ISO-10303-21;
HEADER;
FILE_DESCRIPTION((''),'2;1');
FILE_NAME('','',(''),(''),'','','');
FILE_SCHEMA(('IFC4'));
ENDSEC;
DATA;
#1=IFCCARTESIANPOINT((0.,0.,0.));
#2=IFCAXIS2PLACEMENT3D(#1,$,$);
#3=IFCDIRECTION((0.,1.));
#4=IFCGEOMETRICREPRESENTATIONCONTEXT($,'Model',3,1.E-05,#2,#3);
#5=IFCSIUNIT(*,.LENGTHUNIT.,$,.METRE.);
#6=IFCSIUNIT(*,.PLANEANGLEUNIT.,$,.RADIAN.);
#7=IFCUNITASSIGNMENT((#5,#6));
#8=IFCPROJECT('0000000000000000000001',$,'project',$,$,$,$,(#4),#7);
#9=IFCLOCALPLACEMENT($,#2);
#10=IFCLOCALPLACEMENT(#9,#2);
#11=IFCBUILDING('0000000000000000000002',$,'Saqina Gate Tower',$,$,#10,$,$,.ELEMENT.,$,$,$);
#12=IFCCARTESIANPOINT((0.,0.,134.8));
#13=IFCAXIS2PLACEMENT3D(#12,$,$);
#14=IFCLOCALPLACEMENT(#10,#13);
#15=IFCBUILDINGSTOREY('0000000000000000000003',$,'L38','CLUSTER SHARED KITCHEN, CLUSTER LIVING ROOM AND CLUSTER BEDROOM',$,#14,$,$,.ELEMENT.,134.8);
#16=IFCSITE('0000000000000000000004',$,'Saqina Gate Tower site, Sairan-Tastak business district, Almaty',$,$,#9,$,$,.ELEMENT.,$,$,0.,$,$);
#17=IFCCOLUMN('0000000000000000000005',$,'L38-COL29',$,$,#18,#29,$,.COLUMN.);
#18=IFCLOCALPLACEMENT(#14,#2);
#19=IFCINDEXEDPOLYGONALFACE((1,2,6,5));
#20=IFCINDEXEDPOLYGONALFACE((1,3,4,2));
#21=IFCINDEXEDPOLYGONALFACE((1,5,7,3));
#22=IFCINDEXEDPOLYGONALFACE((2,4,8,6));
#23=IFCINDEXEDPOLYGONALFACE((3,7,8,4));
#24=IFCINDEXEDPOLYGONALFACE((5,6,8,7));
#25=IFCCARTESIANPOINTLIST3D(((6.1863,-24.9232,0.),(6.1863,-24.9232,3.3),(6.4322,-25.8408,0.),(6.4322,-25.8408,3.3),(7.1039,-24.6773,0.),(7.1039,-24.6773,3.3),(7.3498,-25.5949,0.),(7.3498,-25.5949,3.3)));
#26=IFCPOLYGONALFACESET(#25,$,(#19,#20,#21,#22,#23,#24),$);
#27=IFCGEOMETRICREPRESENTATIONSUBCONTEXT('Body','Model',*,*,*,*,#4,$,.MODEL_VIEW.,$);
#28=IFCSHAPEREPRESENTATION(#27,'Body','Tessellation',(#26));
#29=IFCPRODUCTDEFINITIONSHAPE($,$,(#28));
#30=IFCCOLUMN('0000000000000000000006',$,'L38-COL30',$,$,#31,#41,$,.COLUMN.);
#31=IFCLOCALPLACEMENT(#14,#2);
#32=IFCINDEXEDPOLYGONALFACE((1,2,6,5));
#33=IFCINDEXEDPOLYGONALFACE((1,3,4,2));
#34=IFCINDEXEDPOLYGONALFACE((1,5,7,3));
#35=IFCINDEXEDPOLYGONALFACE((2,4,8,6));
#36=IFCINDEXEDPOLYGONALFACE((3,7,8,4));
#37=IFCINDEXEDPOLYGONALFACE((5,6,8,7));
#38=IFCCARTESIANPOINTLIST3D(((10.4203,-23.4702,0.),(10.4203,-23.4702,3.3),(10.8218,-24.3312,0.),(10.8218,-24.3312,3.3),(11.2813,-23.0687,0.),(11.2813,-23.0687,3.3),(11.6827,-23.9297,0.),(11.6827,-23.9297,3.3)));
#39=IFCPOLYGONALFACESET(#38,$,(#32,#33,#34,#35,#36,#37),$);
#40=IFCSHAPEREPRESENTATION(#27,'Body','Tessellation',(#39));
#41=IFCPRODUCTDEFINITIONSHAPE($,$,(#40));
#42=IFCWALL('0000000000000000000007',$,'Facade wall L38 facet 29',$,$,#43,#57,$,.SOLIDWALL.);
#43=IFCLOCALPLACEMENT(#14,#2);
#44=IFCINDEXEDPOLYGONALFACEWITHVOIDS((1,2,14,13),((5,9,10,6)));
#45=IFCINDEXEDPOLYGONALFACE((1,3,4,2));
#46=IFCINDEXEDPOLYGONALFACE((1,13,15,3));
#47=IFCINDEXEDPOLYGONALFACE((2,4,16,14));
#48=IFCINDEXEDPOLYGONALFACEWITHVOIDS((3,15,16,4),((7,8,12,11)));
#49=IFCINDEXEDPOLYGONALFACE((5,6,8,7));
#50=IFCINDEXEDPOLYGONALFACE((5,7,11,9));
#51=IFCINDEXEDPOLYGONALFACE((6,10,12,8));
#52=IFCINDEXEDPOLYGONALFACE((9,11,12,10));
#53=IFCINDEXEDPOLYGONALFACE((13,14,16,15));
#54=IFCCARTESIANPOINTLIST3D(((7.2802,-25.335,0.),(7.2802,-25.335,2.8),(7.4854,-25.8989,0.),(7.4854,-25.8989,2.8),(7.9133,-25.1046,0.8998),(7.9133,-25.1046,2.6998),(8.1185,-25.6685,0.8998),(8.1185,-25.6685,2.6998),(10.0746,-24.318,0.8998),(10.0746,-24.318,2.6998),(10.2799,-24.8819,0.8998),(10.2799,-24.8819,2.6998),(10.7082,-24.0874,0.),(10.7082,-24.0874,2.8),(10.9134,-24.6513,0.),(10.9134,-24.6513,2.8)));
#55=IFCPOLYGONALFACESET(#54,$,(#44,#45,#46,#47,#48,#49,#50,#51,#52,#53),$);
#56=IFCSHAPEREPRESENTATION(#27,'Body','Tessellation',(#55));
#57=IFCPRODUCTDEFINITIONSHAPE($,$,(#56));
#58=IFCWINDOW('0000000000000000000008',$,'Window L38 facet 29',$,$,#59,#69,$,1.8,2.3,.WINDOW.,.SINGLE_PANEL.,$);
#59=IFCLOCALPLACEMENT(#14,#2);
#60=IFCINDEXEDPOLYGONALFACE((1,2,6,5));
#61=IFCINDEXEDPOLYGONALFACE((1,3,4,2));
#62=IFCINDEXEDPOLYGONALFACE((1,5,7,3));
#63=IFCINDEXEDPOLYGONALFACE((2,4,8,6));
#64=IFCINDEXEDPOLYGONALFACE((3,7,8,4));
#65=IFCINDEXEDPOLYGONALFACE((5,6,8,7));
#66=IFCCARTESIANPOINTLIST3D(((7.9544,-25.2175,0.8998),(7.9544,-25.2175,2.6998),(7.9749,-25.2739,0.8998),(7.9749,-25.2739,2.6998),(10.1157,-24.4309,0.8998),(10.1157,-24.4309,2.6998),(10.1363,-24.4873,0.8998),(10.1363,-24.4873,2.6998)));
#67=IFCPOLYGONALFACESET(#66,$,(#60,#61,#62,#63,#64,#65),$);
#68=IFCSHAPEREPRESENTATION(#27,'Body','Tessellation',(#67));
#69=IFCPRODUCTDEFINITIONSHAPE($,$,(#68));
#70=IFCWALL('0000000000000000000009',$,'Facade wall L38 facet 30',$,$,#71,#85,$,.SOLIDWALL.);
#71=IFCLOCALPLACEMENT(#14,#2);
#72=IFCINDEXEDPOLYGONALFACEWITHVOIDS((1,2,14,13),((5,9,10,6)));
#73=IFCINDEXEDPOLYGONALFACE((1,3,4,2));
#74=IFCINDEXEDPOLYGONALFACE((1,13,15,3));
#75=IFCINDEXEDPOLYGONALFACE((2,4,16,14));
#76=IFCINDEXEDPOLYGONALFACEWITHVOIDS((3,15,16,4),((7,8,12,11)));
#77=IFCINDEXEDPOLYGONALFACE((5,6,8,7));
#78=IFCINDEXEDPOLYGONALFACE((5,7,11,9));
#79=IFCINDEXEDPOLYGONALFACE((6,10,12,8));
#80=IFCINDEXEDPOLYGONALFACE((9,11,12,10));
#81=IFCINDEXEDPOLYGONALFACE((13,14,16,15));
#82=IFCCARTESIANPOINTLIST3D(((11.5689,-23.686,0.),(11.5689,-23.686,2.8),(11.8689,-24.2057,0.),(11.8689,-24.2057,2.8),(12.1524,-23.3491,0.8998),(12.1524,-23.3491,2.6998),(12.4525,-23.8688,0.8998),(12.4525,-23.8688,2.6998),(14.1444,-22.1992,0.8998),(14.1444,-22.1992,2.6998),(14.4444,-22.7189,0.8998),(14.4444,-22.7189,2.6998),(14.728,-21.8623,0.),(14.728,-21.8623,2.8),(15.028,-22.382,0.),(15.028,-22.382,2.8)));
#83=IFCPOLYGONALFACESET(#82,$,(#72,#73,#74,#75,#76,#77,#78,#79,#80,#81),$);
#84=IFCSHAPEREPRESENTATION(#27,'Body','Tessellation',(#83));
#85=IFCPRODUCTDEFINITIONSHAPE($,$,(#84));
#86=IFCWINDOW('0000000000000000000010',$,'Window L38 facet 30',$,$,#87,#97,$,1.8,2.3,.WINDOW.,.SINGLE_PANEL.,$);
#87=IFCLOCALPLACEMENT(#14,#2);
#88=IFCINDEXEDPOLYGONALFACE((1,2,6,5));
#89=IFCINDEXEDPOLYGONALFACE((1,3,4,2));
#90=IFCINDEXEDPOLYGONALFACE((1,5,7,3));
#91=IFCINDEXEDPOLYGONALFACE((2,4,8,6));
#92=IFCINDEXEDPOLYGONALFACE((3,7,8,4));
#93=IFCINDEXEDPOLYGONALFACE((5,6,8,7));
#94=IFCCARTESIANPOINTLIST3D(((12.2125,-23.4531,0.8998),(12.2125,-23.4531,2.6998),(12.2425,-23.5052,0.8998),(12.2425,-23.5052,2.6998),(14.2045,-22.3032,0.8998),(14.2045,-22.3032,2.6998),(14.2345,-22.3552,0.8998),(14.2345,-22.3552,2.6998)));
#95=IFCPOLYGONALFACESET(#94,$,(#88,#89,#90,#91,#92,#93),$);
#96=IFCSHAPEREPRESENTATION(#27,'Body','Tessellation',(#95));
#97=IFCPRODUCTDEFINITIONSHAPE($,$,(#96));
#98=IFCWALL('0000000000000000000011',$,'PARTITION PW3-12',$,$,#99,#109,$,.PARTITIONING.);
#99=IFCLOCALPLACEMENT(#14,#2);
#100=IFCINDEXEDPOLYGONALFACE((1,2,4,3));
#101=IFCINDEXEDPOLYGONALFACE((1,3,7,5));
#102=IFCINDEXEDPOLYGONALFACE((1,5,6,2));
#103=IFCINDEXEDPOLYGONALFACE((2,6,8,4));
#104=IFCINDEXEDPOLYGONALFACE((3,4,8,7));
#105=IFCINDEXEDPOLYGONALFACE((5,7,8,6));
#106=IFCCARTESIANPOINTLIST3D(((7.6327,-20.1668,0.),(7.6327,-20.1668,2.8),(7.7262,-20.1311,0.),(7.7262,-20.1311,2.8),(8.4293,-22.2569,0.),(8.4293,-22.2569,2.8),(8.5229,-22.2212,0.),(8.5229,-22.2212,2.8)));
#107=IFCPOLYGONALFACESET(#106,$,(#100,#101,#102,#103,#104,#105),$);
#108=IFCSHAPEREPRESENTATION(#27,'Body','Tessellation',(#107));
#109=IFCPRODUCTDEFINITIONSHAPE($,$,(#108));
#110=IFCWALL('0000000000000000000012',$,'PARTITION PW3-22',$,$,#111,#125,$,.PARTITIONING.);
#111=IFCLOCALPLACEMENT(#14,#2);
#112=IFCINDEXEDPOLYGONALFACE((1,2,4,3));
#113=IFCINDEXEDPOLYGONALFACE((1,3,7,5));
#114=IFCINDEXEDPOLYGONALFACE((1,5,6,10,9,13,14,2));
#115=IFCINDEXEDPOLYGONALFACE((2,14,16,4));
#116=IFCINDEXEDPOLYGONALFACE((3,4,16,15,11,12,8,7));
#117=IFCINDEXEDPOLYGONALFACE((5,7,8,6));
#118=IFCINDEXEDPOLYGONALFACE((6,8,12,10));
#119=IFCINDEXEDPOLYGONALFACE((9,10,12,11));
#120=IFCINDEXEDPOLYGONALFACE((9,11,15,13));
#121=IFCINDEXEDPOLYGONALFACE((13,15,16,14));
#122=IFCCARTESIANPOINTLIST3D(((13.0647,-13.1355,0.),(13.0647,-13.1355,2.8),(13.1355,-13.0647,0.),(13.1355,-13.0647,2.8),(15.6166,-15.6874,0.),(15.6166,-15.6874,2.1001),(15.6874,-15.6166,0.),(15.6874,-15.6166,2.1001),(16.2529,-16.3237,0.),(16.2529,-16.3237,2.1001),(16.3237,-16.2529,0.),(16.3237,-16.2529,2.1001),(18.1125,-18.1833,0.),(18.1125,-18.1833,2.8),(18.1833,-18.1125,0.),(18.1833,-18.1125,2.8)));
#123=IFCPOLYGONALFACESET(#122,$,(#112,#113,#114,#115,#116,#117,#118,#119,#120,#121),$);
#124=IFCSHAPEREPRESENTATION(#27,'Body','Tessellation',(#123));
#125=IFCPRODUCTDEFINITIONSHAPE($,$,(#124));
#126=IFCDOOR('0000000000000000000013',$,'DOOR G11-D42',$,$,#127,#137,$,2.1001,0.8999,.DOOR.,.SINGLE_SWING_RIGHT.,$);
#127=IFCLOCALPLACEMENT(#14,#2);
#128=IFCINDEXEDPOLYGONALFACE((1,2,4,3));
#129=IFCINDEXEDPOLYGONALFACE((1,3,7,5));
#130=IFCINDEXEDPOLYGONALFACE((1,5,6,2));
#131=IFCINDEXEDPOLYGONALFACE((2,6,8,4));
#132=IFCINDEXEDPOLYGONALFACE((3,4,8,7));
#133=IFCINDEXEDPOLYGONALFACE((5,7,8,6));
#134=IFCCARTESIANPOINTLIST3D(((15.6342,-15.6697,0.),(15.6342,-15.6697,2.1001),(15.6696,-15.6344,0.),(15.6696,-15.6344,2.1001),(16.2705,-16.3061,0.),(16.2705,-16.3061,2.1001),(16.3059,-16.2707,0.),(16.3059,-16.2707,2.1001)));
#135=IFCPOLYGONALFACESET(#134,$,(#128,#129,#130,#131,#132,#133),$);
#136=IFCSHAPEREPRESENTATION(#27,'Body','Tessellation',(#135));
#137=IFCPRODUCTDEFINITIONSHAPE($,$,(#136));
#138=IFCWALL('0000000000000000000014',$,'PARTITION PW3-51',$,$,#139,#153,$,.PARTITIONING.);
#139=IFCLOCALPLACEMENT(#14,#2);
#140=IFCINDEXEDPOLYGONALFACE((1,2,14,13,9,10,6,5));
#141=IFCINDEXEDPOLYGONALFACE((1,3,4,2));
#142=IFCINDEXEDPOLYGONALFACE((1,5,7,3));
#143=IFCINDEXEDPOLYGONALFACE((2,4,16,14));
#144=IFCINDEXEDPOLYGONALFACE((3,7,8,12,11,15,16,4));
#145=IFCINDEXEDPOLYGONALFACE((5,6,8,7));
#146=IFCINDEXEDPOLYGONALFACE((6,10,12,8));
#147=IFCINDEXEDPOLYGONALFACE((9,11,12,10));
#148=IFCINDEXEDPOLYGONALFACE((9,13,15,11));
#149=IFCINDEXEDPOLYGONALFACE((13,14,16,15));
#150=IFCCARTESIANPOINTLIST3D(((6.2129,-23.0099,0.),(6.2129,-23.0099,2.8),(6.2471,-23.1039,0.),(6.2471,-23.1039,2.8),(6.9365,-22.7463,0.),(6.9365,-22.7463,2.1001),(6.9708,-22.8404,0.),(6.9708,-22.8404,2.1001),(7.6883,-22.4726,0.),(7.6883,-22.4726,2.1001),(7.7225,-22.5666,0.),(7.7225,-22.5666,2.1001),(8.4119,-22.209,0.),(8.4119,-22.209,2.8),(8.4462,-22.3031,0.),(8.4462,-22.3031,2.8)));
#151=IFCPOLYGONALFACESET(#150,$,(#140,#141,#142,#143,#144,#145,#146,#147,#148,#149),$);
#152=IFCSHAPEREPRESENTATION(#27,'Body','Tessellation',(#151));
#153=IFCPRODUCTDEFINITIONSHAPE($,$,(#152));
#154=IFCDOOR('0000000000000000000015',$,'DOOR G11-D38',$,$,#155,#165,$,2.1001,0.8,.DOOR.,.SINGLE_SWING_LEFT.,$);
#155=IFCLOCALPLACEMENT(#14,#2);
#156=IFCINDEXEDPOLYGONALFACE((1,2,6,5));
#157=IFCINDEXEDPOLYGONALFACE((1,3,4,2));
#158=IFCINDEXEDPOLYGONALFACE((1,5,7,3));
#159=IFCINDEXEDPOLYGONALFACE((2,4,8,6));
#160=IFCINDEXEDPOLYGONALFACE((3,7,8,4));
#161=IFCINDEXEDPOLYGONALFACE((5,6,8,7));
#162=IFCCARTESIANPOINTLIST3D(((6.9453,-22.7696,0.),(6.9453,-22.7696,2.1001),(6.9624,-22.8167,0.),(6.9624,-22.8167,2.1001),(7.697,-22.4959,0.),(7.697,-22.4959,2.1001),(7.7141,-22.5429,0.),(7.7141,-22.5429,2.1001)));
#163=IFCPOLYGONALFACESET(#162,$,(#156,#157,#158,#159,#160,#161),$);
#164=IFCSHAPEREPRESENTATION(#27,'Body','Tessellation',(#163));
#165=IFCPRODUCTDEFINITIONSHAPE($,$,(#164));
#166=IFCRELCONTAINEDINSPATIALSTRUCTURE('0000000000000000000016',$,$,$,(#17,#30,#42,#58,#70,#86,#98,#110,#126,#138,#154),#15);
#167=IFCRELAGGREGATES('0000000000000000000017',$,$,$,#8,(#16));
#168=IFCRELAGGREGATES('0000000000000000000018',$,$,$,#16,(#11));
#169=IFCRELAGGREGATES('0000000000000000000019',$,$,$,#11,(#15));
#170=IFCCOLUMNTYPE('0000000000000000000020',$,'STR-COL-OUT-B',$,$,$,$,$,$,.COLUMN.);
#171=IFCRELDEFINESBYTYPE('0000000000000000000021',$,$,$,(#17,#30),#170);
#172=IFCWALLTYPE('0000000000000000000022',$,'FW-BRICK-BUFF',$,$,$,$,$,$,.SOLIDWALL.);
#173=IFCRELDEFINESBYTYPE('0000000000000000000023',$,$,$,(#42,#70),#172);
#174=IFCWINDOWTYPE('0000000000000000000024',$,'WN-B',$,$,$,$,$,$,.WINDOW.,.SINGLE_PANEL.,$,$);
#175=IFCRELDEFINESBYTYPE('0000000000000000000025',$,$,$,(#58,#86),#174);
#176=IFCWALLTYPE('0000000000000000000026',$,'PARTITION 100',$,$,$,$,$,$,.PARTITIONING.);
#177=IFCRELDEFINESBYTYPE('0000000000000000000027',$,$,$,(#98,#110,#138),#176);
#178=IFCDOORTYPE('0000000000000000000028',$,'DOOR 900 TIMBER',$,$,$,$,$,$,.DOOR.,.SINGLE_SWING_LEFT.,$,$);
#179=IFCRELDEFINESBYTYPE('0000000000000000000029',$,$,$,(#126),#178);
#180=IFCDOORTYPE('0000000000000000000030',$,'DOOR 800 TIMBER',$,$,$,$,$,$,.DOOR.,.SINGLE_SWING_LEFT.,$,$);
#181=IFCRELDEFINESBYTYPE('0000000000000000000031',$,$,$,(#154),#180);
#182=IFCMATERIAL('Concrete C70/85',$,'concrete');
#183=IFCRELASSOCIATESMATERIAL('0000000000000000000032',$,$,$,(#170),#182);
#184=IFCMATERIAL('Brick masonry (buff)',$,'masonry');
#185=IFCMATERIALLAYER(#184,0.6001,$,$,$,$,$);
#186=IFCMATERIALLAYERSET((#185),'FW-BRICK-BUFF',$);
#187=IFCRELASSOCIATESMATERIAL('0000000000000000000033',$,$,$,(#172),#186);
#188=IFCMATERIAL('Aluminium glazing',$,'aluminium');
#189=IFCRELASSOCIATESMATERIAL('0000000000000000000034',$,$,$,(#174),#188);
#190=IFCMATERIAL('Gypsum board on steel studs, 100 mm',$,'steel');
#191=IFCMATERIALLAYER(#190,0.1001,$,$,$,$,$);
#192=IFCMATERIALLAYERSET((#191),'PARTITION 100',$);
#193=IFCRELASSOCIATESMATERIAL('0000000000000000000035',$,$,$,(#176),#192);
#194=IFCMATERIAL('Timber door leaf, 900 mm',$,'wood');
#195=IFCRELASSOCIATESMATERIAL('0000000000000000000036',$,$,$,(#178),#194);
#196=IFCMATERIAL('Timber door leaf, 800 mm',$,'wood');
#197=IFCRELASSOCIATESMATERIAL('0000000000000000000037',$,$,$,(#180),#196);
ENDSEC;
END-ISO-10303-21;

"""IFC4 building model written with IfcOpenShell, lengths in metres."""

from ifc_helpers import new_model, si_unit, direction, frame, frame_2d, origin, origin_2d, place, context, subcontext, project, spatial, rectangle, extrude, material, layer, layer_set, material_profile, profile_set, type_object, element, fill, save


model = new_model("IFC4")

# Units and contexts
model_context = context("Model", 3, precision=1e-05, world=origin(), true_north=direction((0.0, 1.0)))
body_context = subcontext(model_context, "Body", "Model", "MODEL_VIEW")
ifc_project = project(units=[si_unit("LENGTHUNIT", "METRE"), si_unit("PLANEANGLEUNIT", "RADIAN")], contexts=[model_context])

# Site, building, storey
site_placement = place(None, origin())
site = spatial("IfcSite", under=ifc_project, at=site_placement, Name="Saqina Gate Tower site, Sairan-Tastak business district, Almaty", CompositionType="ELEMENT", RefElevation=0.0)
building_placement = place(site_placement, origin())
building = spatial("IfcBuilding", under=site, at=building_placement, Name="Saqina Gate Tower", CompositionType="ELEMENT")
storey_placement = place(building_placement, frame((0.0, 0.0, 134.8)))
storey = spatial("IfcBuildingStorey", under=building, at=storey_placement, Name="L38", Description="CLUSTER SHARED KITCHEN, CLUSTER LIVING ROOM AND CLUSTER BEDROOM", CompositionType="ELEMENT", Elevation=134.8)

# Columns
ifc_material_1 = material(Name="Concrete C70/85", Category="concrete")
ifc_material_profile = material_profile(ifc_material_1, rectangle(XDim=0.95, YDim=0.95, at=origin_2d()), Name="RC 950x950")
ifc_profile_set = profile_set([ifc_material_profile], Name="Concrete C70/85")
column_type = type_object("IfcColumnType", Name="STR-COL-OUT-B", PredefinedType="COLUMN", material=ifc_profile_set)
for number, where, z_axis, x_axis, name in (
    (1, (6.7681, -25.259, 0.0), (0.0, 0.0, 1.0), (0.258819, -0.965926, 0.0), "L38-COL29"),
    (2, (11.0515, -23.7, 0.0), (0.0, 0.0, 1.0), (0.422618, -0.906308, 0.0), "L38-COL30"),
):
    element("IfcColumn", number, at=place(storey_placement, frame(where, z_axis=z_axis, x_axis=x_axis)), inside=storey, type_object=column_type, Name=name, PredefinedType="COLUMN", context=body_context, shape_type="SweptSolid", body=[
        extrude(rectangle(XDim=0.95, YDim=0.95, at=origin_2d()), origin(), (0.0, 0.0, 1.0), 3.3),
    ])

# Walls, openings, windows
ifc_material_2 = material(Name="Brick masonry (buff)", Category="masonry")
ifc_layer_1 = layer(ifc_material_2, 0.6001)
ifc_layer_set_1 = layer_set([ifc_layer_1], Name="FW-BRICK-BUFF")
wall_type_1 = type_object("IfcWallType", Name="FW-BRICK-BUFF", PredefinedType="SOLIDWALL", material=ifc_layer_set_1)
wall_1_placement = place(storey_placement, frame((7.3828, -25.6169, 0.0), z_axis=(0.0, 0.0, 1.0), x_axis=(0.939704, 0.34199, 0.0)))
wall_1 = element("IfcWall", 3, at=wall_1_placement, inside=storey, type_object=wall_type_1, Name="Facade wall L38 facet 29", PredefinedType="SOLIDWALL", context=body_context, shape_type="SweptSolid", body=[
    extrude(rectangle(XDim=3.6479, YDim=0.6001, at=frame_2d((1.824, 0.0))), origin(), (0.0, 0.0, 1.0), 2.8),
])
opening_1_placement = place(wall_1_placement, frame((0.6738, 0.0, 0.8999)))
opening_1 = element("IfcOpeningElement", 4, at=opening_1_placement, cuts=wall_1, PredefinedType="OPENING", context=body_context, shape_type="SweptSolid", body=[
    extrude(rectangle(XDim=2.3, YDim=1.8, at=frame_2d((1.1499, 0.8999))), frame((0.0, 0.312, 0.0), z_axis=(0.0, -1.0, 0.0), x_axis=(1.0, 0.0, 0.0)), (0.0, 0.0, 1.0), 0.624),
])
ifc_material_3 = material(Name="Aluminium glazing", Category="aluminium")
window_type = type_object("IfcWindowType", Name="WN-B", PartitioningType="SINGLE_PANEL", PredefinedType="WINDOW", material=ifc_material_3)
window_1_placement = place(opening_1_placement, origin())
window_1 = element("IfcWindow", 5, at=window_1_placement, inside=storey, type_object=window_type, Name="Window L38 facet 29", OverallHeight=1.8, OverallWidth=2.3, PartitioningType="SINGLE_PANEL", PredefinedType="WINDOW", context=body_context, shape_type="SweptSolid", body=[
    extrude(rectangle(XDim=2.3, YDim=1.8, at=frame_2d((1.1499, 0.8999))), frame((0.0, 0.1799, 0.0), z_axis=(0.0, -1.0, 0.0), x_axis=(1.0, 0.0, 0.0)), (0.0, 0.0, 1.0), 0.0601),
])
fill(opening_1, window_1)
wall_2_placement = place(storey_placement, frame((11.719, -23.9458, 0.0), z_axis=(0.0, 0.0, 1.0), x_axis=(0.866052, 0.499954, 0.0)))
wall_2 = element("IfcWall", 6, at=wall_2_placement, inside=storey, type_object=wall_type_1, Name="Facade wall L38 facet 30", PredefinedType="SOLIDWALL", context=body_context, shape_type="SweptSolid", body=[
    extrude(rectangle(XDim=3.6477, YDim=0.6001, at=frame_2d((1.8237, 0.0))), origin(), (0.0, 0.0, 1.0), 2.8),
])
opening_2_placement = place(wall_2_placement, frame((0.6738, 0.0, 0.8999)))
opening_2 = element("IfcOpeningElement", 7, at=opening_2_placement, cuts=wall_2, PredefinedType="OPENING", context=body_context, shape_type="SweptSolid", body=[
    extrude(rectangle(XDim=2.3, YDim=1.8, at=frame_2d((1.1499, 0.8999))), frame((0.0, 0.312, 0.0), z_axis=(0.0, -1.0, 0.0), x_axis=(1.0, 0.0, 0.0)), (0.0, 0.0, 1.0), 0.624),
])
window_2_placement = place(opening_2_placement, origin())
window_2 = element("IfcWindow", 8, at=window_2_placement, inside=storey, type_object=window_type, Name="Window L38 facet 30", OverallHeight=1.8, OverallWidth=2.3, PartitioningType="SINGLE_PANEL", PredefinedType="WINDOW", context=body_context, shape_type="SweptSolid", body=[
    extrude(rectangle(XDim=2.3, YDim=1.8, at=frame_2d((1.1499, 0.8999))), frame((0.0, 0.1799, 0.0), z_axis=(0.0, -1.0, 0.0), x_axis=(1.0, 0.0, 0.0)), (0.0, 0.0, 1.0), 0.0601),
])
fill(opening_2, window_2)

# Wall
ifc_material_4 = material(Name="Gypsum board on steel studs, 100 mm", Category="steel")
ifc_layer_2 = layer(ifc_material_4, 0.1001)
ifc_layer_set_2 = layer_set([ifc_layer_2], Name="PARTITION 100")
wall_type_2 = type_object("IfcWallType", Name="PARTITION 100", PredefinedType="PARTITIONING", material=ifc_layer_set_2)
wall_3_placement = place(storey_placement, frame((7.6794, -20.1489, 0.0), z_axis=(0.0, 0.0, 1.0), x_axis=(0.356154, -0.934427, 0.0)))
element("IfcWall", 9, at=wall_3_placement, inside=storey, type_object=wall_type_2, Name="PARTITION PW3-12", PredefinedType="PARTITIONING", context=body_context, shape_type="SweptSolid", body=[
    extrude(rectangle(XDim=2.2368, YDim=0.1001, at=frame_2d((1.1184, 0.0))), origin(), (0.0, 0.0, 1.0), 2.8),
])

# Walls, openings, doors
wall_4_placement = place(storey_placement, frame((13.1001, -13.1001, 0.0), z_axis=(0.0, 0.0, 1.0), x_axis=(0.707107, -0.707107, 0.0)))
wall_4 = element("IfcWall", 10, at=wall_4_placement, inside=storey, type_object=wall_type_2, Name="PARTITION PW3-22", PredefinedType="PARTITIONING", context=body_context, shape_type="SweptSolid", body=[
    extrude(rectangle(XDim=7.1387, YDim=0.1001, at=frame_2d((3.5693, 0.0))), origin(), (0.0, 0.0, 1.0), 2.8),
])
opening_3_placement = place(wall_4_placement, frame((3.6089, 0.0, 0.0)))
opening_3 = element("IfcOpeningElement", 11, at=opening_3_placement, cuts=wall_4, PredefinedType="OPENING", context=body_context, shape_type="SweptSolid", body=[
    extrude(rectangle(XDim=0.8999, YDim=2.1001, at=frame_2d((0.45, 1.05))), frame((0.0, 0.062, 0.0), z_axis=(0.0, -1.0, 0.0), x_axis=(1.0, 0.0, 0.0)), (0.0, 0.0, 1.0), 0.124),
])
ifc_material_5 = material(Name="Timber door leaf, 900 mm", Category="wood")
door_type_1 = type_object("IfcDoorType", Name="DOOR 900 TIMBER", OperationType="SINGLE_SWING_LEFT", PredefinedType="DOOR", material=ifc_material_5)
door_1_placement = place(opening_3_placement, origin())
door_1 = element("IfcDoor", 12, at=door_1_placement, inside=storey, type_object=door_type_1, Name="DOOR G11-D42", OperationType="SINGLE_SWING_RIGHT", OverallHeight=2.1001, OverallWidth=0.8999, PredefinedType="DOOR", context=body_context, shape_type="SweptSolid", body=[
    extrude(rectangle(XDim=0.8999, YDim=2.1001, at=frame_2d((0.45, 1.05))), frame((0.0, 0.0249, 0.0), z_axis=(0.0, -1.0, 0.0), x_axis=(1.0, 0.0, 0.0)), (0.0, 0.0, 1.0), 0.05),
])
fill(opening_3, door_1)
wall_5_placement = place(storey_placement, frame((6.23, -23.0569, 0.0), z_axis=(0.0, 0.0, 1.0), x_axis=(0.939635, 0.342179, 0.0)))
wall_5 = element("IfcWall", 13, at=wall_5_placement, inside=storey, type_object=wall_type_2, Name="PARTITION PW3-51", PredefinedType="PARTITIONING", context=body_context, shape_type="SweptSolid", body=[
    extrude(rectangle(XDim=2.3403, YDim=0.1001, at=frame_2d((1.1702, 0.0))), origin(), (0.0, 0.0, 1.0), 2.8),
])
opening_4_placement = place(wall_5_placement, frame((0.7703, 0.0, 0.0)))
opening_4 = element("IfcOpeningElement", 14, at=opening_4_placement, cuts=wall_5, PredefinedType="OPENING", context=body_context, shape_type="SweptSolid", body=[
    extrude(rectangle(XDim=0.8, YDim=2.1001, at=frame_2d((0.3999, 1.05))), frame((0.0, 0.062, 0.0), z_axis=(0.0, -1.0, 0.0), x_axis=(1.0, 0.0, 0.0)), (0.0, 0.0, 1.0), 0.124),
])
ifc_material_6 = material(Name="Timber door leaf, 800 mm", Category="wood")
door_type_2 = type_object("IfcDoorType", Name="DOOR 800 TIMBER", OperationType="SINGLE_SWING_LEFT", PredefinedType="DOOR", material=ifc_material_6)
door_2_placement = place(opening_4_placement, frame((0.8, 0.0, 0.0), z_axis=(0.0, 0.0, 1.0), x_axis=(-1.0, 0.0, 0.0)))
door_2 = element("IfcDoor", 15, at=door_2_placement, inside=storey, type_object=door_type_2, Name="DOOR G11-D38", OperationType="SINGLE_SWING_LEFT", OverallHeight=2.1001, OverallWidth=0.8, PredefinedType="DOOR", context=body_context, shape_type="SweptSolid", body=[
    extrude(rectangle(XDim=0.8, YDim=2.1001, at=frame_2d((0.3999, 1.05))), frame((0.0, 0.0249, 0.0), z_axis=(0.0, -1.0, 0.0), x_axis=(1.0, 0.0, 0.0)), (0.0, 0.0, 1.0), 0.05),
])
fill(opening_4, door_2)

save(model, "model.ifc")
